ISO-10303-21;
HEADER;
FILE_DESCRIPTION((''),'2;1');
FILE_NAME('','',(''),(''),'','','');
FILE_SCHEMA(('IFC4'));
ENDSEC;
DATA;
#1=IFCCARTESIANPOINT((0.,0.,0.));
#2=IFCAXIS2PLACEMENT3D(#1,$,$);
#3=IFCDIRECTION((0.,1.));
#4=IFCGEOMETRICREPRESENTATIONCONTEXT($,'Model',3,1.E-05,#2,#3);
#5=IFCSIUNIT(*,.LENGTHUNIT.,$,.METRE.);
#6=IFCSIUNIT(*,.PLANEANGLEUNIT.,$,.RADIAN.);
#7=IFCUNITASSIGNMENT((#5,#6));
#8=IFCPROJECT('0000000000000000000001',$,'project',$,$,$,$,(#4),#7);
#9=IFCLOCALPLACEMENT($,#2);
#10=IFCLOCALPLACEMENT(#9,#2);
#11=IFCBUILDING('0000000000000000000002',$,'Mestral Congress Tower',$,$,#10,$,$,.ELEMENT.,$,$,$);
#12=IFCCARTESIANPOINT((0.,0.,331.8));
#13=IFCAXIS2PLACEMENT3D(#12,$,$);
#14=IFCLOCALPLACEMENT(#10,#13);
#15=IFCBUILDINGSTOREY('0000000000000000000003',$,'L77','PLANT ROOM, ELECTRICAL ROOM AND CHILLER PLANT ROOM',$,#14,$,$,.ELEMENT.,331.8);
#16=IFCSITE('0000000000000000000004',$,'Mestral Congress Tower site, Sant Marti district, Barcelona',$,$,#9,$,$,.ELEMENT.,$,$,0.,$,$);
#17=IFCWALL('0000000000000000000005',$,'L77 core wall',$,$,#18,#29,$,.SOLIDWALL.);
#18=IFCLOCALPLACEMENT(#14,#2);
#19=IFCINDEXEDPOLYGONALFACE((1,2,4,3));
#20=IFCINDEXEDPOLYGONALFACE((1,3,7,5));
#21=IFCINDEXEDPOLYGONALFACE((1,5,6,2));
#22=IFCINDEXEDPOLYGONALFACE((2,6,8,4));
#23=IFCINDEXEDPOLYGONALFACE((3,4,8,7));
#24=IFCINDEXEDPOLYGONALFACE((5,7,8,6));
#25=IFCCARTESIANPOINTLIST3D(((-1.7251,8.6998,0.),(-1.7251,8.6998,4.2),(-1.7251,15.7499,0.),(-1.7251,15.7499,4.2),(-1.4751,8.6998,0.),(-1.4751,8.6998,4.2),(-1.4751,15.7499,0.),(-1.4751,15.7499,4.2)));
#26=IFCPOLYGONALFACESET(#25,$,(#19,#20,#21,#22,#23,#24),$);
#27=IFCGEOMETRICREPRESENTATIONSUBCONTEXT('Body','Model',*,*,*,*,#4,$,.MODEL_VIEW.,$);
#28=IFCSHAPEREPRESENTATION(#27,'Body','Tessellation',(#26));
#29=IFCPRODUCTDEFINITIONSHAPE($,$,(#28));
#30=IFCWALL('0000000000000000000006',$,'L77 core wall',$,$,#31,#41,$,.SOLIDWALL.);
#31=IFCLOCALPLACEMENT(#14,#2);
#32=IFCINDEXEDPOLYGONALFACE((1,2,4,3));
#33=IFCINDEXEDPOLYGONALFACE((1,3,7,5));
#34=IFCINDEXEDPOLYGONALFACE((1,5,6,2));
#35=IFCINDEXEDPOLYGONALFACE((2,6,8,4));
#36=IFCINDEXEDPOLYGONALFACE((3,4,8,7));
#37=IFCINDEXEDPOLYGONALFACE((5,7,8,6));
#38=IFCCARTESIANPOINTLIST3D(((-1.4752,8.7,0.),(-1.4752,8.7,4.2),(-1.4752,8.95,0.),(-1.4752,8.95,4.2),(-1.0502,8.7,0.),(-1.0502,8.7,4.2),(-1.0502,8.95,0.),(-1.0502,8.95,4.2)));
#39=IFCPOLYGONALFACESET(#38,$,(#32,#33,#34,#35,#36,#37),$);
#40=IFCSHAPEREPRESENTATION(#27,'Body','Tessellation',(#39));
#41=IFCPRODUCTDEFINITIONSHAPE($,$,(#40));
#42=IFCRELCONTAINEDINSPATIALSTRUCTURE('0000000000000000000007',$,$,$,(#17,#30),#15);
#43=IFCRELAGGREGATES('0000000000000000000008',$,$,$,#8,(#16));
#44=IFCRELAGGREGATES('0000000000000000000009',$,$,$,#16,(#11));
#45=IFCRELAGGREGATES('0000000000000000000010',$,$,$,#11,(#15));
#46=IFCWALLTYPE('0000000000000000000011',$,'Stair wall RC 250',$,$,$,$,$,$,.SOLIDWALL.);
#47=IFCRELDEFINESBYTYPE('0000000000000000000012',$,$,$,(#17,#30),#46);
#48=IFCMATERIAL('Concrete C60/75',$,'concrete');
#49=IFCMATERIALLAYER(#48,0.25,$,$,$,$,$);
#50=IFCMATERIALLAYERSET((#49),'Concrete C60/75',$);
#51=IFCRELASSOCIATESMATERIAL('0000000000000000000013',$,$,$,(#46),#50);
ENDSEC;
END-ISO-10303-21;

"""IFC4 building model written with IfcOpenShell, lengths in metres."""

from ifc_helpers import new_model, si_unit, direction, frame, frame_2d, origin, place, context, subcontext, project, spatial, rectangle, extrude, material, layer, layer_set, type_object, element, save


model = new_model("IFC4")

# Units and contexts
model_context = context("Model", 3, precision=1e-05, world=origin(), true_north=direction((0.0, 1.0)))
body_context = subcontext(model_context, "Body", "Model", "MODEL_VIEW")
ifc_project = project(units=[si_unit("LENGTHUNIT", "METRE"), si_unit("PLANEANGLEUNIT", "RADIAN")], contexts=[model_context])

# Site, building, storey
site_placement = place(None, origin())
site = spatial("IfcSite", under=ifc_project, at=site_placement, Name="Mestral Congress Tower site, Sant Marti district, Barcelona", CompositionType="ELEMENT", RefElevation=0.0)
building_placement = place(site_placement, origin())
building = spatial("IfcBuilding", under=site, at=building_placement, Name="Mestral Congress Tower", CompositionType="ELEMENT")
storey_placement = place(building_placement, frame((0.0, 0.0, 331.8)))
storey = spatial("IfcBuildingStorey", under=building, at=storey_placement, Name="L77", Description="PLANT ROOM, ELECTRICAL ROOM AND CHILLER PLANT ROOM", CompositionType="ELEMENT", Elevation=331.8)

# Shared definitions
ifc_material_1 = material(Name="Concrete C60/75", Category="concrete")

# Walls
ifc_layer_1 = layer(ifc_material_1, 0.25)
ifc_layer_set_1 = layer_set([ifc_layer_1], Name="Concrete C60/75")
wall_type_1 = type_object("IfcWallType", Name="Stair wall RC 250", PredefinedType="SOLIDWALL", material=ifc_layer_set_1)
wall_1_placement = place(storey_placement, frame((-1.6001, 8.7, 0.0), z_axis=(0.0, 0.0, 1.0), x_axis=(0.0, 1.0, 0.0)))
element("IfcWall", 1, at=wall_1_placement, inside=storey, type_object=wall_type_1, Name="L77 core wall", PredefinedType="SOLIDWALL", context=body_context, shape_type="SweptSolid", body=[
    extrude(rectangle(XDim=7.05, YDim=0.25, at=frame_2d((3.5249, 0.0))), origin(), (0.0, 0.0, 1.0), 4.2),
])
wall_2_placement = place(storey_placement, frame((-1.4751, 8.825, 0.0), z_axis=(0.0, 0.0, 1.0), x_axis=(1.0, 0.0, 0.0)))
element("IfcWall", 2, at=wall_2_placement, inside=storey, type_object=wall_type_1, Name="L77 core wall", PredefinedType="SOLIDWALL", context=body_context, shape_type="SweptSolid", body=[
    extrude(rectangle(XDim=0.425, YDim=0.25, at=frame_2d((0.2124, 0.0))), origin(), (0.0, 0.0, 1.0), 4.2),
])

save(model, "model.ifc")
